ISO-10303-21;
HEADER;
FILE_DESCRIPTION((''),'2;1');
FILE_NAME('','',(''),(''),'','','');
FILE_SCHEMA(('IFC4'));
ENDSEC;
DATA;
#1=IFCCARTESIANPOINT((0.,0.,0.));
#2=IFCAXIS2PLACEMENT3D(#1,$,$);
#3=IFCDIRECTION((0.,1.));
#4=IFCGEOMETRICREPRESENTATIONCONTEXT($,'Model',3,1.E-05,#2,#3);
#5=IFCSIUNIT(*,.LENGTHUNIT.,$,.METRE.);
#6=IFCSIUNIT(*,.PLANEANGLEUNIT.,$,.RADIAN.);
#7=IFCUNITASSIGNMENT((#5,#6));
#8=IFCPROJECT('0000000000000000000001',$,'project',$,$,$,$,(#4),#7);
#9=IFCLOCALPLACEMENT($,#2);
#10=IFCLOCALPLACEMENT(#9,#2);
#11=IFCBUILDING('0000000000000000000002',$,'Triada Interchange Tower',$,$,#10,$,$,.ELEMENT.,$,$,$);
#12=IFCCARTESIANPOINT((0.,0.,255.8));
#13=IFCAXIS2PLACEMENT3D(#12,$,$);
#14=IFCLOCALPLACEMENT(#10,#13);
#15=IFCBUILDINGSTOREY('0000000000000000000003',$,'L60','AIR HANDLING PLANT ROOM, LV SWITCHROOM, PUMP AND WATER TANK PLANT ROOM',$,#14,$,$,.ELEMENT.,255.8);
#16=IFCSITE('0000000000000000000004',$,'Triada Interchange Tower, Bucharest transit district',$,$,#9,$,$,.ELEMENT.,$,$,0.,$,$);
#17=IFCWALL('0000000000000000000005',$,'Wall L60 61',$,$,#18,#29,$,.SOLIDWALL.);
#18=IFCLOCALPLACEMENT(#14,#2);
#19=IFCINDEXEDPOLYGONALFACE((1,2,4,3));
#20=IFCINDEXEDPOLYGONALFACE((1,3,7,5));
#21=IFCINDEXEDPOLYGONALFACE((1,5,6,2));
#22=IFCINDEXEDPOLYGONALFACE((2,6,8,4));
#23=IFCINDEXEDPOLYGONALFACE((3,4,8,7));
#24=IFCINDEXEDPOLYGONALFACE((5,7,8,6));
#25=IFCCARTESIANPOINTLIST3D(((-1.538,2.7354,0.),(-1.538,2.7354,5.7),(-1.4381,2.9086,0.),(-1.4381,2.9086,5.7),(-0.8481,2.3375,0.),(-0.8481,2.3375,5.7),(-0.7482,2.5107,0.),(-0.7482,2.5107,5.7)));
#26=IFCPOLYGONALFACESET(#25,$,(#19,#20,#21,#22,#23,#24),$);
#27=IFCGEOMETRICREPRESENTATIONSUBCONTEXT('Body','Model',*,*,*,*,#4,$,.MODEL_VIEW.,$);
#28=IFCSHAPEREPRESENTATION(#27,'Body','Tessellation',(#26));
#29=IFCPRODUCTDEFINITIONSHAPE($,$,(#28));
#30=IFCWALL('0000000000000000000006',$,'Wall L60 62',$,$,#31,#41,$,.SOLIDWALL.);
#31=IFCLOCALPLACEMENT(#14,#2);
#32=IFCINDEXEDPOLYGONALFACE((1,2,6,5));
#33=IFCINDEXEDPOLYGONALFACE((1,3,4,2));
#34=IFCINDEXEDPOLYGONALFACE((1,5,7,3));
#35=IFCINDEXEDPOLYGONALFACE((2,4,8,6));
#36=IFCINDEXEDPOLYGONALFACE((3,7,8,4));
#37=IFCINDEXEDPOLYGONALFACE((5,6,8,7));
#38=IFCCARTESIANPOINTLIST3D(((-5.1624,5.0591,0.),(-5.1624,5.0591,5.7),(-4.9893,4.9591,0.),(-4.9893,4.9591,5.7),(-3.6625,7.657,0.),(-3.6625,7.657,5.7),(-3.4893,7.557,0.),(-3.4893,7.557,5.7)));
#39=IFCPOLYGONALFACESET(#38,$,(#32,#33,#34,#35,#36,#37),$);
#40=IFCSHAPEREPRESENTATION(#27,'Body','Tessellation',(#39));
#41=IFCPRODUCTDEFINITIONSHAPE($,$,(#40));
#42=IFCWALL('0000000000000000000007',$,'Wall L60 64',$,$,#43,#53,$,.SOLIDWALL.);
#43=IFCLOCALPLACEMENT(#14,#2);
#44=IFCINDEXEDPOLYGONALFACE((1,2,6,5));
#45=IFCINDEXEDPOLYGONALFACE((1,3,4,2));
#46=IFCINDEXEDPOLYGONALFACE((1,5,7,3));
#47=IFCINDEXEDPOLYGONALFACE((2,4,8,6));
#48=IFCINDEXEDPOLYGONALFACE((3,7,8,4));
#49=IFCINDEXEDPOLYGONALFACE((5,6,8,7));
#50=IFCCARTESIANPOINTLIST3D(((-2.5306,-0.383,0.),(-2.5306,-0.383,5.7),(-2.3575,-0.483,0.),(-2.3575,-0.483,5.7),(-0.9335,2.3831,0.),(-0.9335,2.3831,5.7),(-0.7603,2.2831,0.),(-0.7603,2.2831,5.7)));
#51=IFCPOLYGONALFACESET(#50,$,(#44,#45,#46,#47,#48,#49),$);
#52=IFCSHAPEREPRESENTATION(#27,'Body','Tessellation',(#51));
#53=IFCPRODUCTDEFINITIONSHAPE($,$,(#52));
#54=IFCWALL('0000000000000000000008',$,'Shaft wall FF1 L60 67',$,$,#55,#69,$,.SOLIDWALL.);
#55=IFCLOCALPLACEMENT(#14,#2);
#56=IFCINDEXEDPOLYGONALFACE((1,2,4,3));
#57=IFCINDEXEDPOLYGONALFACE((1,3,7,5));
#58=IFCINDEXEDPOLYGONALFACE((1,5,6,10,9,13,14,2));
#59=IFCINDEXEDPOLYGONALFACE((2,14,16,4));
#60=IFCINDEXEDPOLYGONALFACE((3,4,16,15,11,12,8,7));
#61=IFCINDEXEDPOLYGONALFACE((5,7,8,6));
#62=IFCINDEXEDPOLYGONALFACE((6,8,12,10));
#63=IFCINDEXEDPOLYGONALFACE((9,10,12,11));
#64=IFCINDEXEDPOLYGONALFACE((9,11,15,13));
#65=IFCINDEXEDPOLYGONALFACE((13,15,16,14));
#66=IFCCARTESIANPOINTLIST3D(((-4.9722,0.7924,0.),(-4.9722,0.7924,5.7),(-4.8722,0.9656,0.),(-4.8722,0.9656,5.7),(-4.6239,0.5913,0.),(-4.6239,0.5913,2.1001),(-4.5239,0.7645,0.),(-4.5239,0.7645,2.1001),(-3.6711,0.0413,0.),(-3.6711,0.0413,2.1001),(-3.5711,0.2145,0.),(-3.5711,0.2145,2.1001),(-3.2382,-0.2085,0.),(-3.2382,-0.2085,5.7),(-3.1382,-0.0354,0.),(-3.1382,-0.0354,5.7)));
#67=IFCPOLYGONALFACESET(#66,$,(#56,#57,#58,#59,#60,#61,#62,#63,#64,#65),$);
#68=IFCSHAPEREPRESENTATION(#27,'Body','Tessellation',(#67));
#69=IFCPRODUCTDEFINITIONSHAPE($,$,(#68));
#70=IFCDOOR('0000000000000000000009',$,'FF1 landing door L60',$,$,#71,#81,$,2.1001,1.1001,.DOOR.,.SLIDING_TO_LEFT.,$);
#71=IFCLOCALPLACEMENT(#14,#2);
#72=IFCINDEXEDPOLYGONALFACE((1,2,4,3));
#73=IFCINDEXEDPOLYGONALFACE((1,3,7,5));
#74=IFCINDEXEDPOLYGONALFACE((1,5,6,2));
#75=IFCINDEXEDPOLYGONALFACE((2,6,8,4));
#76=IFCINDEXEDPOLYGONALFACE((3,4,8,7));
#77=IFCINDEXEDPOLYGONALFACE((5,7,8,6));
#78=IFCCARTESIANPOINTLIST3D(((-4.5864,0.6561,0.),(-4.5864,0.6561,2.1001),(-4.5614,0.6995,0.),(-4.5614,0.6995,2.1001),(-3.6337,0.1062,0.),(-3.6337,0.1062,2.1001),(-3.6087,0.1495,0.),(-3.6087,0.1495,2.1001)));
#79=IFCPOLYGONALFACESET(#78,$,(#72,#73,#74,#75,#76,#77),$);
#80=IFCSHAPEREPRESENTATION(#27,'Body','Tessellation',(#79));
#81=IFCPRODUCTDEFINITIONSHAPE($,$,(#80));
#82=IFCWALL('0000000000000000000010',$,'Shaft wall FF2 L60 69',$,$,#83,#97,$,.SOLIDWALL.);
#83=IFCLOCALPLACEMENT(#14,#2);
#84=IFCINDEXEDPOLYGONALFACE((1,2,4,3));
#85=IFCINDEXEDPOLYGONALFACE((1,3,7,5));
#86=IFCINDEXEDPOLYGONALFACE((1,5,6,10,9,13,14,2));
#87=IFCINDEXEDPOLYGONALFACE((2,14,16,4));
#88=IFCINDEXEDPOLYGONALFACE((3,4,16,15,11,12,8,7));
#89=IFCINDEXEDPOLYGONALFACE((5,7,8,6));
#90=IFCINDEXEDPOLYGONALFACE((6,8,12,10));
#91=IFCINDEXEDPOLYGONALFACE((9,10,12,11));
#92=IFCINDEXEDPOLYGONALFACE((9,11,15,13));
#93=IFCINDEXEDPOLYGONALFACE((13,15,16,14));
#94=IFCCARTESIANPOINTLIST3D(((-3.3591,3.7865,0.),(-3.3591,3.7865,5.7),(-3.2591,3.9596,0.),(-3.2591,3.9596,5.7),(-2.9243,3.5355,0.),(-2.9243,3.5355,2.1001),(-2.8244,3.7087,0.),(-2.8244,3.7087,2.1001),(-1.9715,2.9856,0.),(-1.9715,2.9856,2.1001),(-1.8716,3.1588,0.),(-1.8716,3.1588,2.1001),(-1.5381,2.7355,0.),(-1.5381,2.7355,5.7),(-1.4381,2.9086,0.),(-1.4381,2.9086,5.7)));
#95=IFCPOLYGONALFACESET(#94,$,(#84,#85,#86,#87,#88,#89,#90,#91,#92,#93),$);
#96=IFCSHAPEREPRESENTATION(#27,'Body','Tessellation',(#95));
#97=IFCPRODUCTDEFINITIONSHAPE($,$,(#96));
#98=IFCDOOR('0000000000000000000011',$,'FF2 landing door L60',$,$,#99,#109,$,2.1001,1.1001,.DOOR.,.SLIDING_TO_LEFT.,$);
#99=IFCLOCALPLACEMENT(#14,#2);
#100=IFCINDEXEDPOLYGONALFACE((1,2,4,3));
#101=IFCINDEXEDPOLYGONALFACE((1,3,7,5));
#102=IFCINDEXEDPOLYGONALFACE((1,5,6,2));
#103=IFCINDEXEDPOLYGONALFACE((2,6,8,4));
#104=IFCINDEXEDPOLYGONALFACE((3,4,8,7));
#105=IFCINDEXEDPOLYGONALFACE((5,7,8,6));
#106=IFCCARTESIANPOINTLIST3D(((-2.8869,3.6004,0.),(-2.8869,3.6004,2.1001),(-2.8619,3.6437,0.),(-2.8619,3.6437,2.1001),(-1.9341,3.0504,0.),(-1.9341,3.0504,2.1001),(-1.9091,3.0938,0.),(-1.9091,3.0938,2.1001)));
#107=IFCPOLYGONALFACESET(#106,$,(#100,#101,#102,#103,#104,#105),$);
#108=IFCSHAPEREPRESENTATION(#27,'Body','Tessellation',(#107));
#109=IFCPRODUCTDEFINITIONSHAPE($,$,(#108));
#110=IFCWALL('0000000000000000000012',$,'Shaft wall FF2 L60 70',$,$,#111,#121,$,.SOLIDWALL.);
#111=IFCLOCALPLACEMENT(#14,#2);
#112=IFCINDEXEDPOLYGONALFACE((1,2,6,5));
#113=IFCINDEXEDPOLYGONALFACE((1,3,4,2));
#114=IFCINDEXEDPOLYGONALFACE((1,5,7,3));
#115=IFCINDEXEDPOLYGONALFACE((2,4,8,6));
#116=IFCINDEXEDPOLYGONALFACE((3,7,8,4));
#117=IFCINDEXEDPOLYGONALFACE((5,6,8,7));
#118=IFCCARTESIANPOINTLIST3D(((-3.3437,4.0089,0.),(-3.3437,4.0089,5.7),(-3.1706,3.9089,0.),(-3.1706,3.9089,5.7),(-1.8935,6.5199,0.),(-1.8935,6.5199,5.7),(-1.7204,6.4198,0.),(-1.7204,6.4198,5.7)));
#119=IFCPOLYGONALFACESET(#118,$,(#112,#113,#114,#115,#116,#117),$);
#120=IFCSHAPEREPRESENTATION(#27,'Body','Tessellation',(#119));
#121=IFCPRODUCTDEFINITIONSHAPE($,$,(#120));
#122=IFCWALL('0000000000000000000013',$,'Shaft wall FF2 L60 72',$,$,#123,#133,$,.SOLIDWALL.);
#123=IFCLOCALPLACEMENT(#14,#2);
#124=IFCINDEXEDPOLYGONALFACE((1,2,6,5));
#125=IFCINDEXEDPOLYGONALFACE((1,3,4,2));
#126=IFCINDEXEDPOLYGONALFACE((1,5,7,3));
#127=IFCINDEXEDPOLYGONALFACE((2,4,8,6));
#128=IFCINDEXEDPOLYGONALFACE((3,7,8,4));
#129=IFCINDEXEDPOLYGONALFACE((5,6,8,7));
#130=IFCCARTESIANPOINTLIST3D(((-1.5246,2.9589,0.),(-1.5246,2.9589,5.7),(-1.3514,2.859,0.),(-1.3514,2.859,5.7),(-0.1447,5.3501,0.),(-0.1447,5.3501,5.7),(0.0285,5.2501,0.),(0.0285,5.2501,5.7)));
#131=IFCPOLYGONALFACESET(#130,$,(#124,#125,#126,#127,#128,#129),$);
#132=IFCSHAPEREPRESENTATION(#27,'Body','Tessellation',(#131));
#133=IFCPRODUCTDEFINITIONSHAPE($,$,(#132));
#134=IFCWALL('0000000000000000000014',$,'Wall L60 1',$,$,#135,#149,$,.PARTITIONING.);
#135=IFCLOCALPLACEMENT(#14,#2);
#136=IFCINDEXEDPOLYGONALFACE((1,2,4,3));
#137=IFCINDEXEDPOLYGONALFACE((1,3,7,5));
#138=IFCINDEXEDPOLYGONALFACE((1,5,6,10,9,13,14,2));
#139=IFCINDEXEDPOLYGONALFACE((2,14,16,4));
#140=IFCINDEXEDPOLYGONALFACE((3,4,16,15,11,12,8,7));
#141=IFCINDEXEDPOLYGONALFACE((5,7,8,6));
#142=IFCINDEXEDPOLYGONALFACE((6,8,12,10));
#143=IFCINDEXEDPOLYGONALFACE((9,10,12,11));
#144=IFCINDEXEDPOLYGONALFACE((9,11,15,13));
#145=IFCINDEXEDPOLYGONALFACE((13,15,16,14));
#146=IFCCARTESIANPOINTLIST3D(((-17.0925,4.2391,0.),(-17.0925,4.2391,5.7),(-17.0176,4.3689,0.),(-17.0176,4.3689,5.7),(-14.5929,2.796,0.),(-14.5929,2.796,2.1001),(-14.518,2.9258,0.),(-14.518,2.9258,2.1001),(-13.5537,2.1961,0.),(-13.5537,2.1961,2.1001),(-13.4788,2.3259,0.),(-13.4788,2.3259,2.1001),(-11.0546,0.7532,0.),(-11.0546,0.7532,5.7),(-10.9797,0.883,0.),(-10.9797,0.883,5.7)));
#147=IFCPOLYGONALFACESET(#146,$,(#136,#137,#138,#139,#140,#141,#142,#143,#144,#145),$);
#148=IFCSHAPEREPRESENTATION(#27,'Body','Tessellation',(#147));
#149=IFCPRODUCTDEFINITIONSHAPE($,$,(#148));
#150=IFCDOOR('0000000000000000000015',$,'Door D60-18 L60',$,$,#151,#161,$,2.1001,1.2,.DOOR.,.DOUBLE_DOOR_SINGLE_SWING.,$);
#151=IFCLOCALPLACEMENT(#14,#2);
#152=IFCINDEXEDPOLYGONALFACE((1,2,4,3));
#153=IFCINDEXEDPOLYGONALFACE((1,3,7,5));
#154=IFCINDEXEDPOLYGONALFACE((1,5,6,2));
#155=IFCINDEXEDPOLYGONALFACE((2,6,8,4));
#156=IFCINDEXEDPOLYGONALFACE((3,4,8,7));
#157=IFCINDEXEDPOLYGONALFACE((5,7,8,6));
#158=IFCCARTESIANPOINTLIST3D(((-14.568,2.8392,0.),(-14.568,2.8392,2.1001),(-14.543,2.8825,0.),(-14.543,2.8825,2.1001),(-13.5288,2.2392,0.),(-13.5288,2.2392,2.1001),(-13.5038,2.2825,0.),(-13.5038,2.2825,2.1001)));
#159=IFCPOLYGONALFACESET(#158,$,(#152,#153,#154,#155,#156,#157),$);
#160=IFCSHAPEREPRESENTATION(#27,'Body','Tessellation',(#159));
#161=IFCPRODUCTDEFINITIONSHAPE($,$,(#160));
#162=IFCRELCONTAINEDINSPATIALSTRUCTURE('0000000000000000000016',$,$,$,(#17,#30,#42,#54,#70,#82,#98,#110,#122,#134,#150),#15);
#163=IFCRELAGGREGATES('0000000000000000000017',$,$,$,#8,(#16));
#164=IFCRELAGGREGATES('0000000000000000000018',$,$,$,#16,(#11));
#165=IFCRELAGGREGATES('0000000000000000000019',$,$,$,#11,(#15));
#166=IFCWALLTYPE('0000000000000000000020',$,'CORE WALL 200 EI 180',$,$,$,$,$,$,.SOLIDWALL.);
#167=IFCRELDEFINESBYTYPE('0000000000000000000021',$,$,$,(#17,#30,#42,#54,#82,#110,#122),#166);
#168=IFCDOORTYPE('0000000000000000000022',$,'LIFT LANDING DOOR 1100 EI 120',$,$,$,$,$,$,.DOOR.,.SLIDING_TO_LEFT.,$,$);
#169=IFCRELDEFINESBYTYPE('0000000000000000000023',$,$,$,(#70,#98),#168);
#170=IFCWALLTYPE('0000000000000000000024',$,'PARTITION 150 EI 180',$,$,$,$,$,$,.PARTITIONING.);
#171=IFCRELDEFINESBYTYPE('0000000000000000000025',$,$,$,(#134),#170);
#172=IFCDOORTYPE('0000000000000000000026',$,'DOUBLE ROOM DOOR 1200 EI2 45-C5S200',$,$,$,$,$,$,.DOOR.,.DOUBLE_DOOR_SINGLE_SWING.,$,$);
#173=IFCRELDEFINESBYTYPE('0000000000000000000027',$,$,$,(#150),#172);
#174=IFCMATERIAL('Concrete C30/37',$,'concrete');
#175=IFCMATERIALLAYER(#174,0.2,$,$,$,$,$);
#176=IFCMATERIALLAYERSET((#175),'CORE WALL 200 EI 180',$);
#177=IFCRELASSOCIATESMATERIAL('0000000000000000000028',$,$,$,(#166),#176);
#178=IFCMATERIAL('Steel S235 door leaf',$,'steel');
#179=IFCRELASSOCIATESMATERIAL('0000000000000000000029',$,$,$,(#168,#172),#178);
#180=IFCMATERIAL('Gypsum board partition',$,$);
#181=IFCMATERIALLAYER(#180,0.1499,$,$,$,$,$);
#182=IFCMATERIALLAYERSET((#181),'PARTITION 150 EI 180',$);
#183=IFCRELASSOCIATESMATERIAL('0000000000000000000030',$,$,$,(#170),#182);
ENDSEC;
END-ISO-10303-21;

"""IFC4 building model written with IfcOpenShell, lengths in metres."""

from ifc_helpers import new_model, si_unit, direction, frame, frame_2d, origin, place, context, subcontext, project, spatial, rectangle, extrude, material, layer, layer_set, type_object, element, fill, save


model = new_model("IFC4")

# Units and contexts
model_context = context("Model", 3, precision=1e-05, world=origin(), true_north=direction((0.0, 1.0)))
body_context = subcontext(model_context, "Body", "Model", "MODEL_VIEW")
ifc_project = project(units=[si_unit("LENGTHUNIT", "METRE"), si_unit("PLANEANGLEUNIT", "RADIAN")], contexts=[model_context])

# Site, building, storey
site_placement = place(None, origin())
site = spatial("IfcSite", under=ifc_project, at=site_placement, Name="Triada Interchange Tower, Bucharest transit district", CompositionType="ELEMENT", RefElevation=0.0)
building_placement = place(site_placement, origin())
building = spatial("IfcBuilding", under=site, at=building_placement, Name="Triada Interchange Tower", CompositionType="ELEMENT")
storey_placement = place(building_placement, frame((0.0, 0.0, 255.8)))
storey = spatial("IfcBuildingStorey", under=building, at=storey_placement, Name="L60", Description="AIR HANDLING PLANT ROOM, LV SWITCHROOM, PUMP AND WATER TANK PLANT ROOM", CompositionType="ELEMENT", Elevation=255.8)

# Shared definitions
ifc_material_1 = material(Name="Concrete C30/37", Category="concrete")

# Shared definitions
ifc_layer_1 = layer(ifc_material_1, 0.2)
ifc_layer_set_1 = layer_set([ifc_layer_1], Name="CORE WALL 200 EI 180")
wall_type_1 = type_object("IfcWallType", Name="CORE WALL 200 EI 180", PredefinedType="SOLIDWALL", material=ifc_layer_set_1)
ifc_material_2 = material(Name="Steel S235 door leaf", Category="steel")
door_type_1 = type_object("IfcDoorType", Name="LIFT LANDING DOOR 1100 EI 120", OperationType="SLIDING_TO_LEFT", PredefinedType="DOOR", material=ifc_material_2)

# Walls
wall_1_placement = place(storey_placement, frame((-1.488, 2.822, 0.0), z_axis=(0.0, 0.0, 1.0), x_axis=(0.866237, -0.499634, 0.0)))
element("IfcWall", 1, at=wall_1_placement, inside=storey, type_object=wall_type_1, Name="Wall L60 61", PredefinedType="SOLIDWALL", context=body_context, shape_type="SweptSolid", body=[
    extrude(rectangle(XDim=0.7964, YDim=0.2, at=frame_2d((0.3982, 0.0))), origin(), (0.0, 0.0, 1.0), 5.7),
])
wall_2_placement = place(storey_placement, frame((-5.0759, 5.009, 0.0), z_axis=(0.0, 0.0, 1.0), x_axis=(0.500025, 0.866011, 0.0)))
element("IfcWall", 2, at=wall_2_placement, inside=storey, type_object=wall_type_1, Name="Wall L60 62", PredefinedType="SOLIDWALL", context=body_context, shape_type="SweptSolid", body=[
    extrude(rectangle(XDim=2.9998, YDim=0.2, at=frame_2d((1.5, 0.0))), origin(), (0.0, 0.0, 1.0), 5.7),
])
wall_3_placement = place(storey_placement, frame((-2.4441, -0.4331, 0.0), z_axis=(0.0, 0.0, 1.0), x_axis=(0.500036, 0.866005, 0.0)))
element("IfcWall", 3, at=wall_3_placement, inside=storey, type_object=wall_type_1, Name="Wall L60 64", PredefinedType="SOLIDWALL", context=body_context, shape_type="SweptSolid", body=[
    extrude(rectangle(XDim=3.1941, YDim=0.2, at=frame_2d((1.5972, 0.0))), origin(), (0.0, 0.0, 1.0), 5.7),
])

# Walls, openings, doors
wall_4_placement = place(storey_placement, frame((-4.9221, 0.8789, 0.0), z_axis=(0.0, 0.0, 1.0), x_axis=(0.866074, -0.499916, 0.0)))
wall_4 = element("IfcWall", 4, at=wall_4_placement, inside=storey, type_object=wall_type_1, Name="Shaft wall FF1 L60 67", PredefinedType="SOLIDWALL", context=body_context, shape_type="SweptSolid", body=[
    extrude(rectangle(XDim=2.0022, YDim=0.2, at=frame_2d((1.001, 0.0))), origin(), (0.0, 0.0, 1.0), 5.7),
])
opening_1_placement = place(wall_4_placement, frame((0.4021, 0.0, 0.0)))
opening_1 = element("IfcOpeningElement", 5, at=opening_1_placement, cuts=wall_4, PredefinedType="OPENING", context=body_context, shape_type="SweptSolid", body=[
    extrude(rectangle(XDim=1.1001, YDim=2.1001, at=frame_2d((0.55, 1.05))), frame((0.0, 0.1099, 0.0), z_axis=(0.0, -1.0, 0.0), x_axis=(1.0, 0.0, 0.0)), (0.0, 0.0, 1.0), 0.22),
])
door_1_placement = place(opening_1_placement, origin())
door_1 = element("IfcDoor", 6, at=door_1_placement, inside=storey, type_object=door_type_1, Name="FF1 landing door L60", OperationType="SLIDING_TO_LEFT", OverallHeight=2.1001, OverallWidth=1.1001, PredefinedType="DOOR", context=body_context, shape_type="SweptSolid", body=[
    extrude(rectangle(XDim=1.1001, YDim=2.1001, at=frame_2d((0.55, 1.05))), frame((0.0, 0.0249, 0.0), z_axis=(0.0, -1.0, 0.0), x_axis=(1.0, 0.0, 0.0)), (0.0, 0.0, 1.0), 0.05),
])
fill(opening_1, door_1)
wall_5_placement = place(storey_placement, frame((-3.3091, 3.873, 0.0), z_axis=(0.0, 0.0, 1.0), x_axis=(0.866099, -0.499873, 0.0)))
wall_5 = element("IfcWall", 7, at=wall_5_placement, inside=storey, type_object=wall_type_1, Name="Shaft wall FF2 L60 69", PredefinedType="SOLIDWALL", context=body_context, shape_type="SweptSolid", body=[
    extrude(rectangle(XDim=2.1025, YDim=0.2, at=frame_2d((1.0513, 0.0))), origin(), (0.0, 0.0, 1.0), 5.7),
])
opening_2_placement = place(wall_5_placement, frame((0.502, 0.0, 0.0)))
opening_2 = element("IfcOpeningElement", 8, at=opening_2_placement, cuts=wall_5, PredefinedType="OPENING", context=body_context, shape_type="SweptSolid", body=[
    extrude(rectangle(XDim=1.1001, YDim=2.1001, at=frame_2d((0.55, 1.05))), frame((0.0, 0.1099, 0.0), z_axis=(0.0, -1.0, 0.0), x_axis=(1.0, 0.0, 0.0)), (0.0, 0.0, 1.0), 0.22),
])
door_2_placement = place(opening_2_placement, origin())
door_2 = element("IfcDoor", 9, at=door_2_placement, inside=storey, type_object=door_type_1, Name="FF2 landing door L60", OperationType="SLIDING_TO_LEFT", OverallHeight=2.1001, OverallWidth=1.1001, PredefinedType="DOOR", context=body_context, shape_type="SweptSolid", body=[
    extrude(rectangle(XDim=1.1001, YDim=2.1001, at=frame_2d((0.55, 1.05))), frame((0.0, 0.0249, 0.0), z_axis=(0.0, -1.0, 0.0), x_axis=(1.0, 0.0, 0.0)), (0.0, 0.0, 1.0), 0.05),
])
fill(opening_2, door_2)

# Walls
wall_6_placement = place(storey_placement, frame((-3.2571, 3.959, 0.0), z_axis=(0.0, 0.0, 1.0), x_axis=(0.500123, 0.865954, 0.0)))
element("IfcWall", 10, at=wall_6_placement, inside=storey, type_object=wall_type_1, Name="Shaft wall FF2 L60 70", PredefinedType="SOLIDWALL", context=body_context, shape_type="SweptSolid", body=[
    extrude(rectangle(XDim=2.8997, YDim=0.2, at=frame_2d((1.4497, 0.0))), origin(), (0.0, 0.0, 1.0), 5.7),
])
wall_7_placement = place(storey_placement, frame((-1.438, 2.9089, 0.0), z_axis=(0.0, 0.0, 1.0), x_axis=(0.49983, 0.866124, 0.0)))
element("IfcWall", 11, at=wall_7_placement, inside=storey, type_object=wall_type_1, Name="Shaft wall FF2 L60 72", PredefinedType="SOLIDWALL", context=body_context, shape_type="SweptSolid", body=[
    extrude(rectangle(XDim=2.7607, YDim=0.2, at=frame_2d((1.3804, 0.0))), origin(), (0.0, 0.0, 1.0), 5.7),
])

# Wall, opening, door
ifc_material_3 = material(Name="Gypsum board partition")
ifc_layer_2 = layer(ifc_material_3, 0.1499)
ifc_layer_set_2 = layer_set([ifc_layer_2], Name="PARTITION 150 EI 180")
wall_type_2 = type_object("IfcWallType", Name="PARTITION 150 EI 180", PredefinedType="PARTITIONING", material=ifc_layer_set_2)
wall_8_placement = place(storey_placement, frame((-17.0549, 4.304, 0.0), z_axis=(0.0, 0.0, 1.0), x_axis=(0.866032, -0.499988, 0.0)))
wall_8 = element("IfcWall", 12, at=wall_8_placement, inside=storey, type_object=wall_type_2, Name="Wall L60 1", PredefinedType="PARTITIONING", context=body_context, shape_type="SweptSolid", body=[
    extrude(rectangle(XDim=6.9719, YDim=0.1499, at=frame_2d((3.4858, 0.0))), origin(), (0.0, 0.0, 1.0), 5.7),
])
opening_3_placement = place(wall_8_placement, frame((2.886, 0.0, 0.0)))
opening_3 = element("IfcOpeningElement", 13, at=opening_3_placement, cuts=wall_8, PredefinedType="OPENING", context=body_context, shape_type="SweptSolid", body=[
    extrude(rectangle(XDim=1.2, YDim=2.1001, at=frame_2d((0.6001, 1.05))), frame((0.0, 0.085, 0.0), z_axis=(0.0, -1.0, 0.0), x_axis=(1.0, 0.0, 0.0)), (0.0, 0.0, 1.0), 0.1699),
])
door_type_2 = type_object("IfcDoorType", Name="DOUBLE ROOM DOOR 1200 EI2 45-C5S200", OperationType="DOUBLE_DOOR_SINGLE_SWING", PredefinedType="DOOR", material=ifc_material_2)
door_3_placement = place(opening_3_placement, origin())
door_3 = element("IfcDoor", 14, at=door_3_placement, inside=storey, type_object=door_type_2, Name="Door D60-18 L60", OperationType="DOUBLE_DOOR_SINGLE_SWING", OverallHeight=2.1001, OverallWidth=1.2, PredefinedType="DOOR", context=body_context, shape_type="SweptSolid", body=[
    extrude(rectangle(XDim=1.2, YDim=2.1001, at=frame_2d((0.6001, 1.05))), frame((0.0, 0.0249, 0.0), z_axis=(0.0, -1.0, 0.0), x_axis=(1.0, 0.0, 0.0)), (0.0, 0.0, 1.0), 0.05),
])
fill(opening_3, door_3)

save(model, "model.ifc")
